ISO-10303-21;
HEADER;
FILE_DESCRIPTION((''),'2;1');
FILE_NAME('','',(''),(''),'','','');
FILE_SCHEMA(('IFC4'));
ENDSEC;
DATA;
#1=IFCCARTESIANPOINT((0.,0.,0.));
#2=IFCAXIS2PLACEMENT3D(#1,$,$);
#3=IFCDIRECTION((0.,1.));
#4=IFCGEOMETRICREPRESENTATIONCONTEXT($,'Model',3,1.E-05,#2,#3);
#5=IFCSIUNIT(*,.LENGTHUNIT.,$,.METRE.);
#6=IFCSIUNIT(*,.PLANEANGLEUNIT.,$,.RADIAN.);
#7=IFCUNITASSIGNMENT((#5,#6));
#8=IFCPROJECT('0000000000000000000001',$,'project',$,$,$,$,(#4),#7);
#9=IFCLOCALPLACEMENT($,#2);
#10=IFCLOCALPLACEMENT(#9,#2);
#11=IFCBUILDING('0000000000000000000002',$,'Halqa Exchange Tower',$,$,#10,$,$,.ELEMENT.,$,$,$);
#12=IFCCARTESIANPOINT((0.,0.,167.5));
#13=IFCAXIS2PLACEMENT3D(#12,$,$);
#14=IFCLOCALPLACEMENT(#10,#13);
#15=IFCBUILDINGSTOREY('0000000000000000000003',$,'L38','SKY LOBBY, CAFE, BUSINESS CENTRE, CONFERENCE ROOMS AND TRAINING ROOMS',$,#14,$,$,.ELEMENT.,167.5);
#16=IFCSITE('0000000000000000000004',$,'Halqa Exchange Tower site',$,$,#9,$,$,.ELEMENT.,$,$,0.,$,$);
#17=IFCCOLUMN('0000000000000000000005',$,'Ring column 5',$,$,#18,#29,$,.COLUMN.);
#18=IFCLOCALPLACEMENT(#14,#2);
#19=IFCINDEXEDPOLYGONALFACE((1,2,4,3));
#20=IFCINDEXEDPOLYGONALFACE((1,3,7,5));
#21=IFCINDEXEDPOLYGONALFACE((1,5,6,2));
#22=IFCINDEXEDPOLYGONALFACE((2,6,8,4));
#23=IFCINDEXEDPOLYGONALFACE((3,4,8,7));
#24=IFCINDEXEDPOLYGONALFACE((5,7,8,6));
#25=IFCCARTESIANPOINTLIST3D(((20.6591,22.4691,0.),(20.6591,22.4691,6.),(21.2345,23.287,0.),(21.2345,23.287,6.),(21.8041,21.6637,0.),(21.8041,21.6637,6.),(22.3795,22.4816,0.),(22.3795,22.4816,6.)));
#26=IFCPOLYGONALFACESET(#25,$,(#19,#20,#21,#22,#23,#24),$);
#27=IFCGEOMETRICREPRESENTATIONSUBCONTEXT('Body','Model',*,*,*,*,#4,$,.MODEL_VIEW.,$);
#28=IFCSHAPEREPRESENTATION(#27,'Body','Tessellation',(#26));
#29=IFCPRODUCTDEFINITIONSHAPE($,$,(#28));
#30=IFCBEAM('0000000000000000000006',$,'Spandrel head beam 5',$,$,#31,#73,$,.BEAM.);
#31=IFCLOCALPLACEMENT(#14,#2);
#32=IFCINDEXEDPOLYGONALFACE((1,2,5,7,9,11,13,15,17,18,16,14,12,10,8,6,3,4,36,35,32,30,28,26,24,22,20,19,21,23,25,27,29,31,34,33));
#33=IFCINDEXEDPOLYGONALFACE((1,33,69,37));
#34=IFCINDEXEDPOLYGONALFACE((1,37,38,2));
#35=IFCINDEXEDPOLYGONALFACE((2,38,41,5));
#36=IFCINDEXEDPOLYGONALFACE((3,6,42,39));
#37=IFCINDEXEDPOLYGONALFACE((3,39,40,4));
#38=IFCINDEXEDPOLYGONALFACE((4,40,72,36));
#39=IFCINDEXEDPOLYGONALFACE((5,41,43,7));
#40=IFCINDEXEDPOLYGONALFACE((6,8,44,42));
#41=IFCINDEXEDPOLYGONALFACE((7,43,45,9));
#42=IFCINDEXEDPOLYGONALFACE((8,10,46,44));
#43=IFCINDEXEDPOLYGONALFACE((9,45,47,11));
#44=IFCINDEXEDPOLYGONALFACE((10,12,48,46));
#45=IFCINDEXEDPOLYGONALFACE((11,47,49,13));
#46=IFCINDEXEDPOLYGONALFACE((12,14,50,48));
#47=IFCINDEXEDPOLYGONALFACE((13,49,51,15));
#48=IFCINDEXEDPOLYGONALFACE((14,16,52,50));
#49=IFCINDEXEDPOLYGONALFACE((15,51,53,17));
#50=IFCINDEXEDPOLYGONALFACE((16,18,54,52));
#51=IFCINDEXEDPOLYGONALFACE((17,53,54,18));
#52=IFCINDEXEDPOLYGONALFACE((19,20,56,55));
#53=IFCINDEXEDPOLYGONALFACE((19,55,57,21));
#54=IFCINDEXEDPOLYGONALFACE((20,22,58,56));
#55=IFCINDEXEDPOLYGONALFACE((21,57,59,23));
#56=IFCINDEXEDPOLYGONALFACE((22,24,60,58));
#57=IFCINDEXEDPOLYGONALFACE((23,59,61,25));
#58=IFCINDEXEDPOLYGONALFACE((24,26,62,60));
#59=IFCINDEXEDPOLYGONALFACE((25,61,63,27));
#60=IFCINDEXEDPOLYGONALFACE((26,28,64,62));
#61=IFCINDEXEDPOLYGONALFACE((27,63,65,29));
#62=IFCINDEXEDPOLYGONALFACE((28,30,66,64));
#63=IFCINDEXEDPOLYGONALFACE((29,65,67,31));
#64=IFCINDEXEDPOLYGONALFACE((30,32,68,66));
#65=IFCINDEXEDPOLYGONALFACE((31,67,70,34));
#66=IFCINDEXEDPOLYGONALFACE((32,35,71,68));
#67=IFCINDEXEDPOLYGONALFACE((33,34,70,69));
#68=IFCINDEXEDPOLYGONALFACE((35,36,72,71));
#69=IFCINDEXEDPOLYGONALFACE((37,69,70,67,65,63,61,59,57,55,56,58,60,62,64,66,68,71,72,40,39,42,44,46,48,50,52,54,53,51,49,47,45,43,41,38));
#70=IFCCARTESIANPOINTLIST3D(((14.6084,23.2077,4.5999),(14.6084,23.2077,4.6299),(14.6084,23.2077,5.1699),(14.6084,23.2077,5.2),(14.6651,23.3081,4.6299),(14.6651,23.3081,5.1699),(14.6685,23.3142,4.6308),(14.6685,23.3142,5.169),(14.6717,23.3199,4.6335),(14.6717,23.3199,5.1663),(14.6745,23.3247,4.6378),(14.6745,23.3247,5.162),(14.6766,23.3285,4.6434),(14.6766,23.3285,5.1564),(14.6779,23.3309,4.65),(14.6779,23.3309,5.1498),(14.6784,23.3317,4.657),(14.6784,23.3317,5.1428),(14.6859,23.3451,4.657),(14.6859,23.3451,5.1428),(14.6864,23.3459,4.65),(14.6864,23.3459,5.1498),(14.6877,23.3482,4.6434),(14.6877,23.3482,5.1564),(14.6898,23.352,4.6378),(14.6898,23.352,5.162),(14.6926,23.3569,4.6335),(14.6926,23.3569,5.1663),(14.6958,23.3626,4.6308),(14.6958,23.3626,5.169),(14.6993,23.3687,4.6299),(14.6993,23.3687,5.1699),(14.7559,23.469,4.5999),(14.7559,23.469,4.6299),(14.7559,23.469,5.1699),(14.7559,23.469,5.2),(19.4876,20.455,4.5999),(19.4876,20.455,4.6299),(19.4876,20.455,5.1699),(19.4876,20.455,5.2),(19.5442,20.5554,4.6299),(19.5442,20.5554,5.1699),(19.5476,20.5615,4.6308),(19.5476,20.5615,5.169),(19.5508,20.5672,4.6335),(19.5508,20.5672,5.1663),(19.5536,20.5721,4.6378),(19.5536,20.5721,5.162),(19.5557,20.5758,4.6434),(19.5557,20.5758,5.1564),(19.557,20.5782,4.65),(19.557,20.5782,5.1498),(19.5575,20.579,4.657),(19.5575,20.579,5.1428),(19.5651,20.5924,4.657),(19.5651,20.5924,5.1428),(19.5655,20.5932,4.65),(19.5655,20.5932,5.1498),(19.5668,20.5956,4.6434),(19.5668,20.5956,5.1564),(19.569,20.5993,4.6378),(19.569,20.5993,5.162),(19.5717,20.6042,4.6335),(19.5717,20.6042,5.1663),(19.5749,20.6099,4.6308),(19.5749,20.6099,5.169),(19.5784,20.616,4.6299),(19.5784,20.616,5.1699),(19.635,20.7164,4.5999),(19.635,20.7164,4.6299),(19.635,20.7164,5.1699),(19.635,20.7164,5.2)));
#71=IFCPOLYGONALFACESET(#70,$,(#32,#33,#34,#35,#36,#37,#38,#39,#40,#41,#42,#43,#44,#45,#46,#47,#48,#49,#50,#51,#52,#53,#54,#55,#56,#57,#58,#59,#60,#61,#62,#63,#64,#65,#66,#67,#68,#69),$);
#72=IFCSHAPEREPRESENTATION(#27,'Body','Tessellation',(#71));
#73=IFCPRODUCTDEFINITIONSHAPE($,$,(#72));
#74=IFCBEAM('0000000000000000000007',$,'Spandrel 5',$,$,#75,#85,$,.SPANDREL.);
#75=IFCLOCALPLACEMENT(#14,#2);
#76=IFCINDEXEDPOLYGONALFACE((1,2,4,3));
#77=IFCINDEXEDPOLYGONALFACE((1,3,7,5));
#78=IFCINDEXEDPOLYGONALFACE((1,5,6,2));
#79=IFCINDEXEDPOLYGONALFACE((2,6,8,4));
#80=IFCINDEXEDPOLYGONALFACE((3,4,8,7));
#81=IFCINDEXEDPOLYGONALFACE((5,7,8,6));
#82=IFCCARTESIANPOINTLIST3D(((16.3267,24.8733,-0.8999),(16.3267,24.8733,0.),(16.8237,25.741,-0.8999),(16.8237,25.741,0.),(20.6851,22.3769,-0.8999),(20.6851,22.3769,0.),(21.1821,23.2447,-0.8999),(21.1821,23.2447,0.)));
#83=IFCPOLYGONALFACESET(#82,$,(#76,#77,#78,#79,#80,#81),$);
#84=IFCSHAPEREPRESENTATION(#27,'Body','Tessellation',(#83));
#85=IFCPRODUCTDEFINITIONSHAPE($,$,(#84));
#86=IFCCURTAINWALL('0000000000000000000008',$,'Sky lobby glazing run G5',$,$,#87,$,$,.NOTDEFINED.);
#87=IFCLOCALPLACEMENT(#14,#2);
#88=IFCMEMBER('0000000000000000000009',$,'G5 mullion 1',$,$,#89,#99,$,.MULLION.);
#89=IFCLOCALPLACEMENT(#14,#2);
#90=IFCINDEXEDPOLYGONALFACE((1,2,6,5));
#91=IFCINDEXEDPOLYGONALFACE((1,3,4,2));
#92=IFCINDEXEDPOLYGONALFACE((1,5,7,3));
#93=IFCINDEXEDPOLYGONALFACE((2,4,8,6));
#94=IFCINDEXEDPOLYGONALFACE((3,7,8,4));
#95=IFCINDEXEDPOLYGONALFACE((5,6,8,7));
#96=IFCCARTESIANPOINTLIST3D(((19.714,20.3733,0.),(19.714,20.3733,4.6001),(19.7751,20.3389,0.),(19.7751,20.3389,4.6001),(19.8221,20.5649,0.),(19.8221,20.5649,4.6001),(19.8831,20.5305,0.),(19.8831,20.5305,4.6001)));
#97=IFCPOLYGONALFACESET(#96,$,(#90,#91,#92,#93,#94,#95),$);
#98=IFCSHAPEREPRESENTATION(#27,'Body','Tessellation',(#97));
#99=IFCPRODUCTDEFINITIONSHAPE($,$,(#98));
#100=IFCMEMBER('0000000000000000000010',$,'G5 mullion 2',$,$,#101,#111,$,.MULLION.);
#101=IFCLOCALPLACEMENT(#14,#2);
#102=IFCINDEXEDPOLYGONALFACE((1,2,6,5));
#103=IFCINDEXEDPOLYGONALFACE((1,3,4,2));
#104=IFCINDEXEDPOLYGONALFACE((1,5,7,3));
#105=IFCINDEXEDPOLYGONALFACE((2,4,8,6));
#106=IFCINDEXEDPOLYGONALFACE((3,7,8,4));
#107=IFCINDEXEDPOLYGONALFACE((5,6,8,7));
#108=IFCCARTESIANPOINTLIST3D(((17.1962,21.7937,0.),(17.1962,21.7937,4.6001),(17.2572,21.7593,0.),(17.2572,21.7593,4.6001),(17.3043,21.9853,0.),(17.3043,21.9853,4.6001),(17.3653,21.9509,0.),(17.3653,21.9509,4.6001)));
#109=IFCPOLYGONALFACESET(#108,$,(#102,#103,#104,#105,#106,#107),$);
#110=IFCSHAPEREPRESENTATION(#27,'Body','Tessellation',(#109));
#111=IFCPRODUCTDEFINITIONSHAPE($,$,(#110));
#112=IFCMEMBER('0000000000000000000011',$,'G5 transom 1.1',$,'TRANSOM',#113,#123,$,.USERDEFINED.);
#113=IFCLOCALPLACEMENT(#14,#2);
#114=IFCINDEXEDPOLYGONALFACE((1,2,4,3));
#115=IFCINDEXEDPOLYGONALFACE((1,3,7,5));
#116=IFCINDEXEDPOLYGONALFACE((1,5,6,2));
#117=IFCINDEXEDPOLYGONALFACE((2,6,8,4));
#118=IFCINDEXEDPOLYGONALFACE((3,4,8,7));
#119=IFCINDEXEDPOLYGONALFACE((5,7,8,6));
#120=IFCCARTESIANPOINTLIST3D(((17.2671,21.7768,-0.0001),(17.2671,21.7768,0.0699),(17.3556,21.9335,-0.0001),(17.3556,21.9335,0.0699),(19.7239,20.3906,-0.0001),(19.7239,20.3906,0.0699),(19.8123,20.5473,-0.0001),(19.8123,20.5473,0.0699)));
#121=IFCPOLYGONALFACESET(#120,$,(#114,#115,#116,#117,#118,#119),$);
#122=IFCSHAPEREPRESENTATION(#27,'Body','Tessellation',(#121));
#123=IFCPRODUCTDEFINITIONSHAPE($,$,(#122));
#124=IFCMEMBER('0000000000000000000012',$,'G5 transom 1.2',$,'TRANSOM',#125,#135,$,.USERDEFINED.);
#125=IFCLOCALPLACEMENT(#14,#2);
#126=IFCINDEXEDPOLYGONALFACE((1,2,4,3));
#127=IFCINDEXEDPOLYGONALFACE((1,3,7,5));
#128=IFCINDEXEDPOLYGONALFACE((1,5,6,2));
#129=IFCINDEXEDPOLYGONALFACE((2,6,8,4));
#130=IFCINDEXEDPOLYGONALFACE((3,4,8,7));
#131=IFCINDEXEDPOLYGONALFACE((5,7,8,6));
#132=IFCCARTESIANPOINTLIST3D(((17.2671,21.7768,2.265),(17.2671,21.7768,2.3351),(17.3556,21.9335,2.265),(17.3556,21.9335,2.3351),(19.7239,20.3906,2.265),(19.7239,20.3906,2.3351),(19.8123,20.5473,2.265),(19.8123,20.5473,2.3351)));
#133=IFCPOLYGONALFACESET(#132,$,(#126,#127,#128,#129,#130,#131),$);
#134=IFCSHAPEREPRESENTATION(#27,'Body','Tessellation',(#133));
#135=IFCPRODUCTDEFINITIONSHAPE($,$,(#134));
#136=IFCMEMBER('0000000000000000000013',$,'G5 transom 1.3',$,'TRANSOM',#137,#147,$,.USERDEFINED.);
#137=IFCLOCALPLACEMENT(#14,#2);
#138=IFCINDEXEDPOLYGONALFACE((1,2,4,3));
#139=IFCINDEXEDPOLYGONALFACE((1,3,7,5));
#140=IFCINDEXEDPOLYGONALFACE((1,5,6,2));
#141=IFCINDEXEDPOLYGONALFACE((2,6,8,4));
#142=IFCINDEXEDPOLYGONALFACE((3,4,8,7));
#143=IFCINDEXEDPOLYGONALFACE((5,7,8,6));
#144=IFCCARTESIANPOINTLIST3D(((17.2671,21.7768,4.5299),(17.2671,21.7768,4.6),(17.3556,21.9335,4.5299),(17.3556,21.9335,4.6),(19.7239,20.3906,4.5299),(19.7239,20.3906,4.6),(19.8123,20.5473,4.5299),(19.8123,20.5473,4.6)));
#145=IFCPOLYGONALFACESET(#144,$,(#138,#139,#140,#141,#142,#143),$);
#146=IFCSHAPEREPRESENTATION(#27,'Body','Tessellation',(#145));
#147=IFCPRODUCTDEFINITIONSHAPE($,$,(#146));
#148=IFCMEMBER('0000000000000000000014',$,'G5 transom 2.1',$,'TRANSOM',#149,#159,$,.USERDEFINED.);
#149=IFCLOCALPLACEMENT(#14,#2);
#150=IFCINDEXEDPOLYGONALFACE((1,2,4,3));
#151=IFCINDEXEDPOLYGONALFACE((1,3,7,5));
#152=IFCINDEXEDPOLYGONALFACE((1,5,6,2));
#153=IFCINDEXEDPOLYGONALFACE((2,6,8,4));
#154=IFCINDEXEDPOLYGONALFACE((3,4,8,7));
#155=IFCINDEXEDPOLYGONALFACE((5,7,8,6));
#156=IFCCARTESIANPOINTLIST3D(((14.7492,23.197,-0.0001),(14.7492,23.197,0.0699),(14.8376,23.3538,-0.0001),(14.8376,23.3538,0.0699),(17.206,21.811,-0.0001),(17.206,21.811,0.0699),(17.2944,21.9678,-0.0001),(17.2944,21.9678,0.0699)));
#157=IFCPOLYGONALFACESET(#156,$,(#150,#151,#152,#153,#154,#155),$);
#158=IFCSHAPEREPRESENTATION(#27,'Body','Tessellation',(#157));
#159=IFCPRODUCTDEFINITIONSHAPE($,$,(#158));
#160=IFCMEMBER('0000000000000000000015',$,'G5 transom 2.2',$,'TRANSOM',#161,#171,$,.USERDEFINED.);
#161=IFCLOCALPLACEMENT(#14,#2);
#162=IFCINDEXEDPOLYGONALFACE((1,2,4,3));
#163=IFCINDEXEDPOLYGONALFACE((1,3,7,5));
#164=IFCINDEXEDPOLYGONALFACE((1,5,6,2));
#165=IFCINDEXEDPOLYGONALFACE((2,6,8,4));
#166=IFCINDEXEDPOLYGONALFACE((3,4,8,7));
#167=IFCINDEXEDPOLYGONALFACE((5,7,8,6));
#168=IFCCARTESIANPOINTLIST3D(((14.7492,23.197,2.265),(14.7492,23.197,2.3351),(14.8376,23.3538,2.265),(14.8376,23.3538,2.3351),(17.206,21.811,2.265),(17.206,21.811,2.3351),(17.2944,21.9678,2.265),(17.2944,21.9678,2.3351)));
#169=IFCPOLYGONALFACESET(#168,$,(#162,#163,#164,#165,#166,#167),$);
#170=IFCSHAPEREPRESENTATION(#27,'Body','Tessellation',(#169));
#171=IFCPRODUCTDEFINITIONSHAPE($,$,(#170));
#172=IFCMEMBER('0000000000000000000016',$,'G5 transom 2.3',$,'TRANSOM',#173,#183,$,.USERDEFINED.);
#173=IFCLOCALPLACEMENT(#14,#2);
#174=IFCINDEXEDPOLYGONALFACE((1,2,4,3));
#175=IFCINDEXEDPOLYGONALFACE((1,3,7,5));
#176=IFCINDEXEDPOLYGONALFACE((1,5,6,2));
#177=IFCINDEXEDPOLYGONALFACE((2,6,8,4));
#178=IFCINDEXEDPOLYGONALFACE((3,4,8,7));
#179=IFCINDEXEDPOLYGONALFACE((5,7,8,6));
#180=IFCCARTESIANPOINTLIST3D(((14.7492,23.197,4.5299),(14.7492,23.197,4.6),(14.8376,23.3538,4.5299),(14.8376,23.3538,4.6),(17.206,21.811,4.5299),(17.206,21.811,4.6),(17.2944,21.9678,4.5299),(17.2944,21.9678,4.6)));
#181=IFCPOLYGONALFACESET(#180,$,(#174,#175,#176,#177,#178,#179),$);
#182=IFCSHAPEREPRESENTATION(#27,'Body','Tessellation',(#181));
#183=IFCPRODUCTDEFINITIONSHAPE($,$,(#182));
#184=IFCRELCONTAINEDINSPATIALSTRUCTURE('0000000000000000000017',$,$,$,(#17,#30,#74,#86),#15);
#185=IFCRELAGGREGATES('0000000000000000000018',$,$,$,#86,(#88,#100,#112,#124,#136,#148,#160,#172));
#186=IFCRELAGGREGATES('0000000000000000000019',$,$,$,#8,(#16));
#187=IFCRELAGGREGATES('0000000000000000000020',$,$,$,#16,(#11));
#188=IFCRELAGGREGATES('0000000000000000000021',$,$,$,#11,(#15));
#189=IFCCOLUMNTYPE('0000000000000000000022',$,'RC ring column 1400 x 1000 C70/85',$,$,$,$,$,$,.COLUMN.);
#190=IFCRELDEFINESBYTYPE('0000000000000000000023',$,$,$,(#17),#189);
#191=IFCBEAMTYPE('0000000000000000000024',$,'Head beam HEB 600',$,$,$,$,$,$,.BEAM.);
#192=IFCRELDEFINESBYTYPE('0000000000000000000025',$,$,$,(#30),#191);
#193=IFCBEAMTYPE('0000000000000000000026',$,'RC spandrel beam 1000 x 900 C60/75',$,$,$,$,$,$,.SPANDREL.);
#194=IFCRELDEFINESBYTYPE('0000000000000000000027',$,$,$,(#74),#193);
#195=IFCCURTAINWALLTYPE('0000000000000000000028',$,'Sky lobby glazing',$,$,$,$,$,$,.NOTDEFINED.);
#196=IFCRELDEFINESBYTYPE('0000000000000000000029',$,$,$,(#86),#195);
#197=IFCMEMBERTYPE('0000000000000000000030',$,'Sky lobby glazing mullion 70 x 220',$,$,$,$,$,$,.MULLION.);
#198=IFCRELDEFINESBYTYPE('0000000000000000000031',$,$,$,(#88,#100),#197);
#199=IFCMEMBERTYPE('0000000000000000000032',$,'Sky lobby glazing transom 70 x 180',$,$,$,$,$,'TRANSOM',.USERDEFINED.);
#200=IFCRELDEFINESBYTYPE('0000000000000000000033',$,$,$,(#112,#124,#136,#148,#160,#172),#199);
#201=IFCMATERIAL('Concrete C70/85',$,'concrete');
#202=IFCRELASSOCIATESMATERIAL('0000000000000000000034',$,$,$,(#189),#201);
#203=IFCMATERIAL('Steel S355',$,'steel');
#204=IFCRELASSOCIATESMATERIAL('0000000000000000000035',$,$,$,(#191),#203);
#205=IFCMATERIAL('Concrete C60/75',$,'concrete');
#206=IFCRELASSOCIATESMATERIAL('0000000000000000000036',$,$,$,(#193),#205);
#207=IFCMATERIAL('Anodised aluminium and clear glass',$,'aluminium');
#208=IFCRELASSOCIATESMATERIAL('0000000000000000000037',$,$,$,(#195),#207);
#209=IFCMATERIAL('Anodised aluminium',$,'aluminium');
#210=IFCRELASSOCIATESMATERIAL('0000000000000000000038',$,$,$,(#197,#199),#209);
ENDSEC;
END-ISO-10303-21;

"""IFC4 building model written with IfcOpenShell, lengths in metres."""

from ifc_helpers import new_model, si_unit, direction, frame, origin, origin_2d, place, context, subcontext, project, spatial, rectangle, i_section, extrude, material, material_profile, profile_set, type_object, element, aggregate, save


model = new_model("IFC4")

# Units and contexts
model_context = context("Model", 3, precision=1e-05, world=origin(), true_north=direction((0.0, 1.0)))
body_context = subcontext(model_context, "Body", "Model", "MODEL_VIEW")
ifc_project = project(units=[si_unit("LENGTHUNIT", "METRE"), si_unit("PLANEANGLEUNIT", "RADIAN")], contexts=[model_context])

# Site, building, storey
site_placement = place(None, origin())
site = spatial("IfcSite", under=ifc_project, at=site_placement, Name="Halqa Exchange Tower site", CompositionType="ELEMENT", RefElevation=0.0)
building_placement = place(site_placement, origin())
building = spatial("IfcBuilding", under=site, at=building_placement, Name="Halqa Exchange Tower", CompositionType="ELEMENT")
storey_placement = place(building_placement, frame((0.0, 0.0, 167.5)))
storey = spatial("IfcBuildingStorey", under=building, at=storey_placement, Name="L38", Description="SKY LOBBY, CAFE, BUSINESS CENTRE, CONFERENCE ROOMS AND TRAINING ROOMS", CompositionType="ELEMENT", Elevation=167.5)

# Column
ifc_material_1 = material(Name="Concrete C70/85", Category="concrete")
ifc_material_profile_1 = material_profile(ifc_material_1, rectangle(XDim=1.3999, YDim=1.0, at=origin_2d()), Name="1400 x 1000")
ifc_profile_set_1 = profile_set([ifc_material_profile_1], Name="Concrete C70/85")
column_type = type_object("IfcColumnType", Name="RC ring column 1400 x 1000 C70/85", PredefinedType="COLUMN", material=ifc_profile_set_1)
column_placement = place(storey_placement, frame((21.5193, 22.4753, 0.0), z_axis=(0.0, 0.0, 1.0), x_axis=(-0.817911, 0.575345, 0.0)))
element("IfcColumn", 1, at=column_placement, inside=storey, type_object=column_type, Name="Ring column 5", PredefinedType="COLUMN", context=body_context, shape_type="SweptSolid", body=[
    extrude(rectangle(XDim=1.3999, YDim=1.0, at=origin_2d()), origin(), (0.0, 0.0, 1.0), 6.0),
])

# Beams
ifc_material_2 = material(Name="Steel S355", Category="steel")
ifc_material_profile_2 = material_profile(ifc_material_2, i_section(OverallWidth=0.3, OverallDepth=0.6001, WebThickness=0.0154, FlangeThickness=0.03, FilletRadius=0.0271, at=origin_2d()), Name="HEB 600")
ifc_profile_set_2 = profile_set([ifc_material_profile_2], Name="Steel S355")
beam_type_1 = type_object("IfcBeamType", Name="Head beam HEB 600", PredefinedType="BEAM", material=ifc_profile_set_2)
beam_1_placement = place(storey_placement, frame((19.5613, 20.5857, 4.8999), z_axis=(-0.870952, 0.491368, 0.0), x_axis=(-0.491368, -0.870952, 0.0)))
element("IfcBeam", 2, at=beam_1_placement, inside=storey, type_object=beam_type_1, Name="Spandrel head beam 5", PredefinedType="BEAM", context=body_context, shape_type="SweptSolid", body=[
    extrude(i_section(OverallWidth=0.3, OverallDepth=0.6001, WebThickness=0.0154, FlangeThickness=0.03, FilletRadius=0.0271, at=origin_2d()), origin(), (0.0, 0.0, 1.0), 5.6021),
])
ifc_material_3 = material(Name="Concrete C60/75", Category="concrete")
ifc_material_profile_3 = material_profile(ifc_material_3, rectangle(XDim=1.0, YDim=0.8999, at=origin_2d()), Name="1000 x 900")
ifc_profile_set_3 = profile_set([ifc_material_profile_3], Name="Concrete C60/75")
beam_type_2 = type_object("IfcBeamType", Name="RC spandrel beam 1000 x 900 C60/75", PredefinedType="SPANDREL", material=ifc_profile_set_3)
beam_2_placement = place(storey_placement, frame((20.9336, 22.8108, -0.45), z_axis=(-0.867743, 0.497013, 0.0), x_axis=(-0.497013, -0.867743, 0.0)))
element("IfcBeam", 3, at=beam_2_placement, inside=storey, type_object=beam_type_2, Name="Spandrel 5", PredefinedType="SPANDREL", context=body_context, shape_type="SweptSolid", body=[
    extrude(rectangle(XDim=1.0, YDim=0.8999, at=origin_2d()), origin(), (0.0, 0.0, 1.0), 5.0227),
])

# Curtain wall, members
ifc_material_4 = material(Name="Anodised aluminium and clear glass", Category="aluminium")
curtain_wall_type = type_object("IfcCurtainWallType", Name="Sky lobby glazing", PredefinedType="NOTDEFINED", material=ifc_material_4)
curtain_wall_placement = place(storey_placement, origin())
curtain_wall = element("IfcCurtainWall", 4, at=curtain_wall_placement, inside=storey, type_object=curtain_wall_type, Name="Sky lobby glazing run G5", PredefinedType="NOTDEFINED")
ifc_material_5 = material(Name="Anodised aluminium", Category="aluminium")
ifc_material_profile_4 = material_profile(ifc_material_5, rectangle(XDim=0.22, YDim=0.0701, at=origin_2d()), Name="AL 70x220")
ifc_profile_set_4 = profile_set([ifc_material_profile_4], Name="Anodised aluminium")
member_type_1 = type_object("IfcMemberType", Name="Sky lobby glazing mullion 70 x 220", PredefinedType="MULLION", material=ifc_profile_set_4)
member_1_placement = place(storey_placement, frame((19.7986, 20.4519, 0.0), z_axis=(0.0, 0.0, 1.0), x_axis=(-0.491354, -0.87096, 0.0)))
member_1 = element("IfcMember", 5, at=member_1_placement, type_object=member_type_1, Name="G5 mullion 1", PredefinedType="MULLION", context=body_context, shape_type="SweptSolid", body=[
    extrude(rectangle(XDim=0.22, YDim=0.0701, at=origin_2d()), origin(), (0.0, 0.0, 1.0), 4.6001),
])
member_2_placement = place(storey_placement, frame((17.2808, 21.8723, 0.0), z_axis=(0.0, 0.0, 1.0), x_axis=(-0.491354, -0.87096, 0.0)))
member_2 = element("IfcMember", 6, at=member_2_placement, type_object=member_type_1, Name="G5 mullion 2", PredefinedType="MULLION", context=body_context, shape_type="SweptSolid", body=[
    extrude(rectangle(XDim=0.22, YDim=0.0701, at=origin_2d()), origin(), (0.0, 0.0, 1.0), 4.6001),
])
ifc_material_profile_5 = material_profile(ifc_material_5, rectangle(XDim=0.1799, YDim=0.0701, at=origin_2d()), Name="AL 70x180")
ifc_profile_set_5 = profile_set([ifc_material_profile_5], Name="Anodised aluminium")
member_type_2 = type_object("IfcMemberType", Name="Sky lobby glazing transom 70 x 180", ElementType="TRANSOM", PredefinedType="USERDEFINED", material=ifc_profile_set_5)
member_3_placement = place(storey_placement, frame((19.7681, 20.469, 0.0349), z_axis=(-0.870925, 0.491415, 0.0), x_axis=(-0.491415, -0.870925, 0.0)))
member_3 = element("IfcMember", 7, at=member_3_placement, type_object=member_type_2, Name="G5 transom 1.1", ObjectType="TRANSOM", PredefinedType="USERDEFINED", context=body_context, shape_type="SweptSolid", body=[
    extrude(rectangle(XDim=0.1799, YDim=0.0701, at=origin_2d()), origin(), (0.0, 0.0, 1.0), 2.8208),
])
member_4_placement = place(storey_placement, frame((19.7681, 20.469, 2.3), z_axis=(-0.870925, 0.491415, 0.0), x_axis=(-0.491415, -0.870925, 0.0)))
member_4 = element("IfcMember", 8, at=member_4_placement, type_object=member_type_2, Name="G5 transom 1.2", ObjectType="TRANSOM", PredefinedType="USERDEFINED", context=body_context, shape_type="SweptSolid", body=[
    extrude(rectangle(XDim=0.1799, YDim=0.0701, at=origin_2d()), origin(), (0.0, 0.0, 1.0), 2.8208),
])
member_5_placement = place(storey_placement, frame((19.7681, 20.469, 4.5649), z_axis=(-0.870925, 0.491415, 0.0), x_axis=(-0.491415, -0.870925, 0.0)))
member_5 = element("IfcMember", 9, at=member_5_placement, type_object=member_type_2, Name="G5 transom 1.3", ObjectType="TRANSOM", PredefinedType="USERDEFINED", context=body_context, shape_type="SweptSolid", body=[
    extrude(rectangle(XDim=0.1799, YDim=0.0701, at=origin_2d()), origin(), (0.0, 0.0, 1.0), 2.8208),
])
member_6_placement = place(storey_placement, frame((17.2502, 21.8894, 0.0349), z_axis=(-0.870962, 0.49135, 0.0), x_axis=(-0.49135, -0.870962, 0.0)))
member_6 = element("IfcMember", 10, at=member_6_placement, type_object=member_type_2, Name="G5 transom 2.1", ObjectType="TRANSOM", PredefinedType="USERDEFINED", context=body_context, shape_type="SweptSolid", body=[
    extrude(rectangle(XDim=0.1799, YDim=0.0701, at=origin_2d()), origin(), (0.0, 0.0, 1.0), 2.8208),
])
member_7_placement = place(storey_placement, frame((17.2502, 21.8894, 2.3), z_axis=(-0.870962, 0.49135, 0.0), x_axis=(-0.49135, -0.870962, 0.0)))
member_7 = element("IfcMember", 11, at=member_7_placement, type_object=member_type_2, Name="G5 transom 2.2", ObjectType="TRANSOM", PredefinedType="USERDEFINED", context=body_context, shape_type="SweptSolid", body=[
    extrude(rectangle(XDim=0.1799, YDim=0.0701, at=origin_2d()), origin(), (0.0, 0.0, 1.0), 2.8208),
])
member_8_placement = place(storey_placement, frame((17.2502, 21.8894, 4.5649), z_axis=(-0.870962, 0.49135, 0.0), x_axis=(-0.49135, -0.870962, 0.0)))
member_8 = element("IfcMember", 12, at=member_8_placement, type_object=member_type_2, Name="G5 transom 2.3", ObjectType="TRANSOM", PredefinedType="USERDEFINED", context=body_context, shape_type="SweptSolid", body=[
    extrude(rectangle(XDim=0.1799, YDim=0.0701, at=origin_2d()), origin(), (0.0, 0.0, 1.0), 2.8208),
])
aggregate(curtain_wall, [member_1, member_2, member_3, member_4, member_5, member_6, member_7, member_8])

save(model, "model.ifc")
